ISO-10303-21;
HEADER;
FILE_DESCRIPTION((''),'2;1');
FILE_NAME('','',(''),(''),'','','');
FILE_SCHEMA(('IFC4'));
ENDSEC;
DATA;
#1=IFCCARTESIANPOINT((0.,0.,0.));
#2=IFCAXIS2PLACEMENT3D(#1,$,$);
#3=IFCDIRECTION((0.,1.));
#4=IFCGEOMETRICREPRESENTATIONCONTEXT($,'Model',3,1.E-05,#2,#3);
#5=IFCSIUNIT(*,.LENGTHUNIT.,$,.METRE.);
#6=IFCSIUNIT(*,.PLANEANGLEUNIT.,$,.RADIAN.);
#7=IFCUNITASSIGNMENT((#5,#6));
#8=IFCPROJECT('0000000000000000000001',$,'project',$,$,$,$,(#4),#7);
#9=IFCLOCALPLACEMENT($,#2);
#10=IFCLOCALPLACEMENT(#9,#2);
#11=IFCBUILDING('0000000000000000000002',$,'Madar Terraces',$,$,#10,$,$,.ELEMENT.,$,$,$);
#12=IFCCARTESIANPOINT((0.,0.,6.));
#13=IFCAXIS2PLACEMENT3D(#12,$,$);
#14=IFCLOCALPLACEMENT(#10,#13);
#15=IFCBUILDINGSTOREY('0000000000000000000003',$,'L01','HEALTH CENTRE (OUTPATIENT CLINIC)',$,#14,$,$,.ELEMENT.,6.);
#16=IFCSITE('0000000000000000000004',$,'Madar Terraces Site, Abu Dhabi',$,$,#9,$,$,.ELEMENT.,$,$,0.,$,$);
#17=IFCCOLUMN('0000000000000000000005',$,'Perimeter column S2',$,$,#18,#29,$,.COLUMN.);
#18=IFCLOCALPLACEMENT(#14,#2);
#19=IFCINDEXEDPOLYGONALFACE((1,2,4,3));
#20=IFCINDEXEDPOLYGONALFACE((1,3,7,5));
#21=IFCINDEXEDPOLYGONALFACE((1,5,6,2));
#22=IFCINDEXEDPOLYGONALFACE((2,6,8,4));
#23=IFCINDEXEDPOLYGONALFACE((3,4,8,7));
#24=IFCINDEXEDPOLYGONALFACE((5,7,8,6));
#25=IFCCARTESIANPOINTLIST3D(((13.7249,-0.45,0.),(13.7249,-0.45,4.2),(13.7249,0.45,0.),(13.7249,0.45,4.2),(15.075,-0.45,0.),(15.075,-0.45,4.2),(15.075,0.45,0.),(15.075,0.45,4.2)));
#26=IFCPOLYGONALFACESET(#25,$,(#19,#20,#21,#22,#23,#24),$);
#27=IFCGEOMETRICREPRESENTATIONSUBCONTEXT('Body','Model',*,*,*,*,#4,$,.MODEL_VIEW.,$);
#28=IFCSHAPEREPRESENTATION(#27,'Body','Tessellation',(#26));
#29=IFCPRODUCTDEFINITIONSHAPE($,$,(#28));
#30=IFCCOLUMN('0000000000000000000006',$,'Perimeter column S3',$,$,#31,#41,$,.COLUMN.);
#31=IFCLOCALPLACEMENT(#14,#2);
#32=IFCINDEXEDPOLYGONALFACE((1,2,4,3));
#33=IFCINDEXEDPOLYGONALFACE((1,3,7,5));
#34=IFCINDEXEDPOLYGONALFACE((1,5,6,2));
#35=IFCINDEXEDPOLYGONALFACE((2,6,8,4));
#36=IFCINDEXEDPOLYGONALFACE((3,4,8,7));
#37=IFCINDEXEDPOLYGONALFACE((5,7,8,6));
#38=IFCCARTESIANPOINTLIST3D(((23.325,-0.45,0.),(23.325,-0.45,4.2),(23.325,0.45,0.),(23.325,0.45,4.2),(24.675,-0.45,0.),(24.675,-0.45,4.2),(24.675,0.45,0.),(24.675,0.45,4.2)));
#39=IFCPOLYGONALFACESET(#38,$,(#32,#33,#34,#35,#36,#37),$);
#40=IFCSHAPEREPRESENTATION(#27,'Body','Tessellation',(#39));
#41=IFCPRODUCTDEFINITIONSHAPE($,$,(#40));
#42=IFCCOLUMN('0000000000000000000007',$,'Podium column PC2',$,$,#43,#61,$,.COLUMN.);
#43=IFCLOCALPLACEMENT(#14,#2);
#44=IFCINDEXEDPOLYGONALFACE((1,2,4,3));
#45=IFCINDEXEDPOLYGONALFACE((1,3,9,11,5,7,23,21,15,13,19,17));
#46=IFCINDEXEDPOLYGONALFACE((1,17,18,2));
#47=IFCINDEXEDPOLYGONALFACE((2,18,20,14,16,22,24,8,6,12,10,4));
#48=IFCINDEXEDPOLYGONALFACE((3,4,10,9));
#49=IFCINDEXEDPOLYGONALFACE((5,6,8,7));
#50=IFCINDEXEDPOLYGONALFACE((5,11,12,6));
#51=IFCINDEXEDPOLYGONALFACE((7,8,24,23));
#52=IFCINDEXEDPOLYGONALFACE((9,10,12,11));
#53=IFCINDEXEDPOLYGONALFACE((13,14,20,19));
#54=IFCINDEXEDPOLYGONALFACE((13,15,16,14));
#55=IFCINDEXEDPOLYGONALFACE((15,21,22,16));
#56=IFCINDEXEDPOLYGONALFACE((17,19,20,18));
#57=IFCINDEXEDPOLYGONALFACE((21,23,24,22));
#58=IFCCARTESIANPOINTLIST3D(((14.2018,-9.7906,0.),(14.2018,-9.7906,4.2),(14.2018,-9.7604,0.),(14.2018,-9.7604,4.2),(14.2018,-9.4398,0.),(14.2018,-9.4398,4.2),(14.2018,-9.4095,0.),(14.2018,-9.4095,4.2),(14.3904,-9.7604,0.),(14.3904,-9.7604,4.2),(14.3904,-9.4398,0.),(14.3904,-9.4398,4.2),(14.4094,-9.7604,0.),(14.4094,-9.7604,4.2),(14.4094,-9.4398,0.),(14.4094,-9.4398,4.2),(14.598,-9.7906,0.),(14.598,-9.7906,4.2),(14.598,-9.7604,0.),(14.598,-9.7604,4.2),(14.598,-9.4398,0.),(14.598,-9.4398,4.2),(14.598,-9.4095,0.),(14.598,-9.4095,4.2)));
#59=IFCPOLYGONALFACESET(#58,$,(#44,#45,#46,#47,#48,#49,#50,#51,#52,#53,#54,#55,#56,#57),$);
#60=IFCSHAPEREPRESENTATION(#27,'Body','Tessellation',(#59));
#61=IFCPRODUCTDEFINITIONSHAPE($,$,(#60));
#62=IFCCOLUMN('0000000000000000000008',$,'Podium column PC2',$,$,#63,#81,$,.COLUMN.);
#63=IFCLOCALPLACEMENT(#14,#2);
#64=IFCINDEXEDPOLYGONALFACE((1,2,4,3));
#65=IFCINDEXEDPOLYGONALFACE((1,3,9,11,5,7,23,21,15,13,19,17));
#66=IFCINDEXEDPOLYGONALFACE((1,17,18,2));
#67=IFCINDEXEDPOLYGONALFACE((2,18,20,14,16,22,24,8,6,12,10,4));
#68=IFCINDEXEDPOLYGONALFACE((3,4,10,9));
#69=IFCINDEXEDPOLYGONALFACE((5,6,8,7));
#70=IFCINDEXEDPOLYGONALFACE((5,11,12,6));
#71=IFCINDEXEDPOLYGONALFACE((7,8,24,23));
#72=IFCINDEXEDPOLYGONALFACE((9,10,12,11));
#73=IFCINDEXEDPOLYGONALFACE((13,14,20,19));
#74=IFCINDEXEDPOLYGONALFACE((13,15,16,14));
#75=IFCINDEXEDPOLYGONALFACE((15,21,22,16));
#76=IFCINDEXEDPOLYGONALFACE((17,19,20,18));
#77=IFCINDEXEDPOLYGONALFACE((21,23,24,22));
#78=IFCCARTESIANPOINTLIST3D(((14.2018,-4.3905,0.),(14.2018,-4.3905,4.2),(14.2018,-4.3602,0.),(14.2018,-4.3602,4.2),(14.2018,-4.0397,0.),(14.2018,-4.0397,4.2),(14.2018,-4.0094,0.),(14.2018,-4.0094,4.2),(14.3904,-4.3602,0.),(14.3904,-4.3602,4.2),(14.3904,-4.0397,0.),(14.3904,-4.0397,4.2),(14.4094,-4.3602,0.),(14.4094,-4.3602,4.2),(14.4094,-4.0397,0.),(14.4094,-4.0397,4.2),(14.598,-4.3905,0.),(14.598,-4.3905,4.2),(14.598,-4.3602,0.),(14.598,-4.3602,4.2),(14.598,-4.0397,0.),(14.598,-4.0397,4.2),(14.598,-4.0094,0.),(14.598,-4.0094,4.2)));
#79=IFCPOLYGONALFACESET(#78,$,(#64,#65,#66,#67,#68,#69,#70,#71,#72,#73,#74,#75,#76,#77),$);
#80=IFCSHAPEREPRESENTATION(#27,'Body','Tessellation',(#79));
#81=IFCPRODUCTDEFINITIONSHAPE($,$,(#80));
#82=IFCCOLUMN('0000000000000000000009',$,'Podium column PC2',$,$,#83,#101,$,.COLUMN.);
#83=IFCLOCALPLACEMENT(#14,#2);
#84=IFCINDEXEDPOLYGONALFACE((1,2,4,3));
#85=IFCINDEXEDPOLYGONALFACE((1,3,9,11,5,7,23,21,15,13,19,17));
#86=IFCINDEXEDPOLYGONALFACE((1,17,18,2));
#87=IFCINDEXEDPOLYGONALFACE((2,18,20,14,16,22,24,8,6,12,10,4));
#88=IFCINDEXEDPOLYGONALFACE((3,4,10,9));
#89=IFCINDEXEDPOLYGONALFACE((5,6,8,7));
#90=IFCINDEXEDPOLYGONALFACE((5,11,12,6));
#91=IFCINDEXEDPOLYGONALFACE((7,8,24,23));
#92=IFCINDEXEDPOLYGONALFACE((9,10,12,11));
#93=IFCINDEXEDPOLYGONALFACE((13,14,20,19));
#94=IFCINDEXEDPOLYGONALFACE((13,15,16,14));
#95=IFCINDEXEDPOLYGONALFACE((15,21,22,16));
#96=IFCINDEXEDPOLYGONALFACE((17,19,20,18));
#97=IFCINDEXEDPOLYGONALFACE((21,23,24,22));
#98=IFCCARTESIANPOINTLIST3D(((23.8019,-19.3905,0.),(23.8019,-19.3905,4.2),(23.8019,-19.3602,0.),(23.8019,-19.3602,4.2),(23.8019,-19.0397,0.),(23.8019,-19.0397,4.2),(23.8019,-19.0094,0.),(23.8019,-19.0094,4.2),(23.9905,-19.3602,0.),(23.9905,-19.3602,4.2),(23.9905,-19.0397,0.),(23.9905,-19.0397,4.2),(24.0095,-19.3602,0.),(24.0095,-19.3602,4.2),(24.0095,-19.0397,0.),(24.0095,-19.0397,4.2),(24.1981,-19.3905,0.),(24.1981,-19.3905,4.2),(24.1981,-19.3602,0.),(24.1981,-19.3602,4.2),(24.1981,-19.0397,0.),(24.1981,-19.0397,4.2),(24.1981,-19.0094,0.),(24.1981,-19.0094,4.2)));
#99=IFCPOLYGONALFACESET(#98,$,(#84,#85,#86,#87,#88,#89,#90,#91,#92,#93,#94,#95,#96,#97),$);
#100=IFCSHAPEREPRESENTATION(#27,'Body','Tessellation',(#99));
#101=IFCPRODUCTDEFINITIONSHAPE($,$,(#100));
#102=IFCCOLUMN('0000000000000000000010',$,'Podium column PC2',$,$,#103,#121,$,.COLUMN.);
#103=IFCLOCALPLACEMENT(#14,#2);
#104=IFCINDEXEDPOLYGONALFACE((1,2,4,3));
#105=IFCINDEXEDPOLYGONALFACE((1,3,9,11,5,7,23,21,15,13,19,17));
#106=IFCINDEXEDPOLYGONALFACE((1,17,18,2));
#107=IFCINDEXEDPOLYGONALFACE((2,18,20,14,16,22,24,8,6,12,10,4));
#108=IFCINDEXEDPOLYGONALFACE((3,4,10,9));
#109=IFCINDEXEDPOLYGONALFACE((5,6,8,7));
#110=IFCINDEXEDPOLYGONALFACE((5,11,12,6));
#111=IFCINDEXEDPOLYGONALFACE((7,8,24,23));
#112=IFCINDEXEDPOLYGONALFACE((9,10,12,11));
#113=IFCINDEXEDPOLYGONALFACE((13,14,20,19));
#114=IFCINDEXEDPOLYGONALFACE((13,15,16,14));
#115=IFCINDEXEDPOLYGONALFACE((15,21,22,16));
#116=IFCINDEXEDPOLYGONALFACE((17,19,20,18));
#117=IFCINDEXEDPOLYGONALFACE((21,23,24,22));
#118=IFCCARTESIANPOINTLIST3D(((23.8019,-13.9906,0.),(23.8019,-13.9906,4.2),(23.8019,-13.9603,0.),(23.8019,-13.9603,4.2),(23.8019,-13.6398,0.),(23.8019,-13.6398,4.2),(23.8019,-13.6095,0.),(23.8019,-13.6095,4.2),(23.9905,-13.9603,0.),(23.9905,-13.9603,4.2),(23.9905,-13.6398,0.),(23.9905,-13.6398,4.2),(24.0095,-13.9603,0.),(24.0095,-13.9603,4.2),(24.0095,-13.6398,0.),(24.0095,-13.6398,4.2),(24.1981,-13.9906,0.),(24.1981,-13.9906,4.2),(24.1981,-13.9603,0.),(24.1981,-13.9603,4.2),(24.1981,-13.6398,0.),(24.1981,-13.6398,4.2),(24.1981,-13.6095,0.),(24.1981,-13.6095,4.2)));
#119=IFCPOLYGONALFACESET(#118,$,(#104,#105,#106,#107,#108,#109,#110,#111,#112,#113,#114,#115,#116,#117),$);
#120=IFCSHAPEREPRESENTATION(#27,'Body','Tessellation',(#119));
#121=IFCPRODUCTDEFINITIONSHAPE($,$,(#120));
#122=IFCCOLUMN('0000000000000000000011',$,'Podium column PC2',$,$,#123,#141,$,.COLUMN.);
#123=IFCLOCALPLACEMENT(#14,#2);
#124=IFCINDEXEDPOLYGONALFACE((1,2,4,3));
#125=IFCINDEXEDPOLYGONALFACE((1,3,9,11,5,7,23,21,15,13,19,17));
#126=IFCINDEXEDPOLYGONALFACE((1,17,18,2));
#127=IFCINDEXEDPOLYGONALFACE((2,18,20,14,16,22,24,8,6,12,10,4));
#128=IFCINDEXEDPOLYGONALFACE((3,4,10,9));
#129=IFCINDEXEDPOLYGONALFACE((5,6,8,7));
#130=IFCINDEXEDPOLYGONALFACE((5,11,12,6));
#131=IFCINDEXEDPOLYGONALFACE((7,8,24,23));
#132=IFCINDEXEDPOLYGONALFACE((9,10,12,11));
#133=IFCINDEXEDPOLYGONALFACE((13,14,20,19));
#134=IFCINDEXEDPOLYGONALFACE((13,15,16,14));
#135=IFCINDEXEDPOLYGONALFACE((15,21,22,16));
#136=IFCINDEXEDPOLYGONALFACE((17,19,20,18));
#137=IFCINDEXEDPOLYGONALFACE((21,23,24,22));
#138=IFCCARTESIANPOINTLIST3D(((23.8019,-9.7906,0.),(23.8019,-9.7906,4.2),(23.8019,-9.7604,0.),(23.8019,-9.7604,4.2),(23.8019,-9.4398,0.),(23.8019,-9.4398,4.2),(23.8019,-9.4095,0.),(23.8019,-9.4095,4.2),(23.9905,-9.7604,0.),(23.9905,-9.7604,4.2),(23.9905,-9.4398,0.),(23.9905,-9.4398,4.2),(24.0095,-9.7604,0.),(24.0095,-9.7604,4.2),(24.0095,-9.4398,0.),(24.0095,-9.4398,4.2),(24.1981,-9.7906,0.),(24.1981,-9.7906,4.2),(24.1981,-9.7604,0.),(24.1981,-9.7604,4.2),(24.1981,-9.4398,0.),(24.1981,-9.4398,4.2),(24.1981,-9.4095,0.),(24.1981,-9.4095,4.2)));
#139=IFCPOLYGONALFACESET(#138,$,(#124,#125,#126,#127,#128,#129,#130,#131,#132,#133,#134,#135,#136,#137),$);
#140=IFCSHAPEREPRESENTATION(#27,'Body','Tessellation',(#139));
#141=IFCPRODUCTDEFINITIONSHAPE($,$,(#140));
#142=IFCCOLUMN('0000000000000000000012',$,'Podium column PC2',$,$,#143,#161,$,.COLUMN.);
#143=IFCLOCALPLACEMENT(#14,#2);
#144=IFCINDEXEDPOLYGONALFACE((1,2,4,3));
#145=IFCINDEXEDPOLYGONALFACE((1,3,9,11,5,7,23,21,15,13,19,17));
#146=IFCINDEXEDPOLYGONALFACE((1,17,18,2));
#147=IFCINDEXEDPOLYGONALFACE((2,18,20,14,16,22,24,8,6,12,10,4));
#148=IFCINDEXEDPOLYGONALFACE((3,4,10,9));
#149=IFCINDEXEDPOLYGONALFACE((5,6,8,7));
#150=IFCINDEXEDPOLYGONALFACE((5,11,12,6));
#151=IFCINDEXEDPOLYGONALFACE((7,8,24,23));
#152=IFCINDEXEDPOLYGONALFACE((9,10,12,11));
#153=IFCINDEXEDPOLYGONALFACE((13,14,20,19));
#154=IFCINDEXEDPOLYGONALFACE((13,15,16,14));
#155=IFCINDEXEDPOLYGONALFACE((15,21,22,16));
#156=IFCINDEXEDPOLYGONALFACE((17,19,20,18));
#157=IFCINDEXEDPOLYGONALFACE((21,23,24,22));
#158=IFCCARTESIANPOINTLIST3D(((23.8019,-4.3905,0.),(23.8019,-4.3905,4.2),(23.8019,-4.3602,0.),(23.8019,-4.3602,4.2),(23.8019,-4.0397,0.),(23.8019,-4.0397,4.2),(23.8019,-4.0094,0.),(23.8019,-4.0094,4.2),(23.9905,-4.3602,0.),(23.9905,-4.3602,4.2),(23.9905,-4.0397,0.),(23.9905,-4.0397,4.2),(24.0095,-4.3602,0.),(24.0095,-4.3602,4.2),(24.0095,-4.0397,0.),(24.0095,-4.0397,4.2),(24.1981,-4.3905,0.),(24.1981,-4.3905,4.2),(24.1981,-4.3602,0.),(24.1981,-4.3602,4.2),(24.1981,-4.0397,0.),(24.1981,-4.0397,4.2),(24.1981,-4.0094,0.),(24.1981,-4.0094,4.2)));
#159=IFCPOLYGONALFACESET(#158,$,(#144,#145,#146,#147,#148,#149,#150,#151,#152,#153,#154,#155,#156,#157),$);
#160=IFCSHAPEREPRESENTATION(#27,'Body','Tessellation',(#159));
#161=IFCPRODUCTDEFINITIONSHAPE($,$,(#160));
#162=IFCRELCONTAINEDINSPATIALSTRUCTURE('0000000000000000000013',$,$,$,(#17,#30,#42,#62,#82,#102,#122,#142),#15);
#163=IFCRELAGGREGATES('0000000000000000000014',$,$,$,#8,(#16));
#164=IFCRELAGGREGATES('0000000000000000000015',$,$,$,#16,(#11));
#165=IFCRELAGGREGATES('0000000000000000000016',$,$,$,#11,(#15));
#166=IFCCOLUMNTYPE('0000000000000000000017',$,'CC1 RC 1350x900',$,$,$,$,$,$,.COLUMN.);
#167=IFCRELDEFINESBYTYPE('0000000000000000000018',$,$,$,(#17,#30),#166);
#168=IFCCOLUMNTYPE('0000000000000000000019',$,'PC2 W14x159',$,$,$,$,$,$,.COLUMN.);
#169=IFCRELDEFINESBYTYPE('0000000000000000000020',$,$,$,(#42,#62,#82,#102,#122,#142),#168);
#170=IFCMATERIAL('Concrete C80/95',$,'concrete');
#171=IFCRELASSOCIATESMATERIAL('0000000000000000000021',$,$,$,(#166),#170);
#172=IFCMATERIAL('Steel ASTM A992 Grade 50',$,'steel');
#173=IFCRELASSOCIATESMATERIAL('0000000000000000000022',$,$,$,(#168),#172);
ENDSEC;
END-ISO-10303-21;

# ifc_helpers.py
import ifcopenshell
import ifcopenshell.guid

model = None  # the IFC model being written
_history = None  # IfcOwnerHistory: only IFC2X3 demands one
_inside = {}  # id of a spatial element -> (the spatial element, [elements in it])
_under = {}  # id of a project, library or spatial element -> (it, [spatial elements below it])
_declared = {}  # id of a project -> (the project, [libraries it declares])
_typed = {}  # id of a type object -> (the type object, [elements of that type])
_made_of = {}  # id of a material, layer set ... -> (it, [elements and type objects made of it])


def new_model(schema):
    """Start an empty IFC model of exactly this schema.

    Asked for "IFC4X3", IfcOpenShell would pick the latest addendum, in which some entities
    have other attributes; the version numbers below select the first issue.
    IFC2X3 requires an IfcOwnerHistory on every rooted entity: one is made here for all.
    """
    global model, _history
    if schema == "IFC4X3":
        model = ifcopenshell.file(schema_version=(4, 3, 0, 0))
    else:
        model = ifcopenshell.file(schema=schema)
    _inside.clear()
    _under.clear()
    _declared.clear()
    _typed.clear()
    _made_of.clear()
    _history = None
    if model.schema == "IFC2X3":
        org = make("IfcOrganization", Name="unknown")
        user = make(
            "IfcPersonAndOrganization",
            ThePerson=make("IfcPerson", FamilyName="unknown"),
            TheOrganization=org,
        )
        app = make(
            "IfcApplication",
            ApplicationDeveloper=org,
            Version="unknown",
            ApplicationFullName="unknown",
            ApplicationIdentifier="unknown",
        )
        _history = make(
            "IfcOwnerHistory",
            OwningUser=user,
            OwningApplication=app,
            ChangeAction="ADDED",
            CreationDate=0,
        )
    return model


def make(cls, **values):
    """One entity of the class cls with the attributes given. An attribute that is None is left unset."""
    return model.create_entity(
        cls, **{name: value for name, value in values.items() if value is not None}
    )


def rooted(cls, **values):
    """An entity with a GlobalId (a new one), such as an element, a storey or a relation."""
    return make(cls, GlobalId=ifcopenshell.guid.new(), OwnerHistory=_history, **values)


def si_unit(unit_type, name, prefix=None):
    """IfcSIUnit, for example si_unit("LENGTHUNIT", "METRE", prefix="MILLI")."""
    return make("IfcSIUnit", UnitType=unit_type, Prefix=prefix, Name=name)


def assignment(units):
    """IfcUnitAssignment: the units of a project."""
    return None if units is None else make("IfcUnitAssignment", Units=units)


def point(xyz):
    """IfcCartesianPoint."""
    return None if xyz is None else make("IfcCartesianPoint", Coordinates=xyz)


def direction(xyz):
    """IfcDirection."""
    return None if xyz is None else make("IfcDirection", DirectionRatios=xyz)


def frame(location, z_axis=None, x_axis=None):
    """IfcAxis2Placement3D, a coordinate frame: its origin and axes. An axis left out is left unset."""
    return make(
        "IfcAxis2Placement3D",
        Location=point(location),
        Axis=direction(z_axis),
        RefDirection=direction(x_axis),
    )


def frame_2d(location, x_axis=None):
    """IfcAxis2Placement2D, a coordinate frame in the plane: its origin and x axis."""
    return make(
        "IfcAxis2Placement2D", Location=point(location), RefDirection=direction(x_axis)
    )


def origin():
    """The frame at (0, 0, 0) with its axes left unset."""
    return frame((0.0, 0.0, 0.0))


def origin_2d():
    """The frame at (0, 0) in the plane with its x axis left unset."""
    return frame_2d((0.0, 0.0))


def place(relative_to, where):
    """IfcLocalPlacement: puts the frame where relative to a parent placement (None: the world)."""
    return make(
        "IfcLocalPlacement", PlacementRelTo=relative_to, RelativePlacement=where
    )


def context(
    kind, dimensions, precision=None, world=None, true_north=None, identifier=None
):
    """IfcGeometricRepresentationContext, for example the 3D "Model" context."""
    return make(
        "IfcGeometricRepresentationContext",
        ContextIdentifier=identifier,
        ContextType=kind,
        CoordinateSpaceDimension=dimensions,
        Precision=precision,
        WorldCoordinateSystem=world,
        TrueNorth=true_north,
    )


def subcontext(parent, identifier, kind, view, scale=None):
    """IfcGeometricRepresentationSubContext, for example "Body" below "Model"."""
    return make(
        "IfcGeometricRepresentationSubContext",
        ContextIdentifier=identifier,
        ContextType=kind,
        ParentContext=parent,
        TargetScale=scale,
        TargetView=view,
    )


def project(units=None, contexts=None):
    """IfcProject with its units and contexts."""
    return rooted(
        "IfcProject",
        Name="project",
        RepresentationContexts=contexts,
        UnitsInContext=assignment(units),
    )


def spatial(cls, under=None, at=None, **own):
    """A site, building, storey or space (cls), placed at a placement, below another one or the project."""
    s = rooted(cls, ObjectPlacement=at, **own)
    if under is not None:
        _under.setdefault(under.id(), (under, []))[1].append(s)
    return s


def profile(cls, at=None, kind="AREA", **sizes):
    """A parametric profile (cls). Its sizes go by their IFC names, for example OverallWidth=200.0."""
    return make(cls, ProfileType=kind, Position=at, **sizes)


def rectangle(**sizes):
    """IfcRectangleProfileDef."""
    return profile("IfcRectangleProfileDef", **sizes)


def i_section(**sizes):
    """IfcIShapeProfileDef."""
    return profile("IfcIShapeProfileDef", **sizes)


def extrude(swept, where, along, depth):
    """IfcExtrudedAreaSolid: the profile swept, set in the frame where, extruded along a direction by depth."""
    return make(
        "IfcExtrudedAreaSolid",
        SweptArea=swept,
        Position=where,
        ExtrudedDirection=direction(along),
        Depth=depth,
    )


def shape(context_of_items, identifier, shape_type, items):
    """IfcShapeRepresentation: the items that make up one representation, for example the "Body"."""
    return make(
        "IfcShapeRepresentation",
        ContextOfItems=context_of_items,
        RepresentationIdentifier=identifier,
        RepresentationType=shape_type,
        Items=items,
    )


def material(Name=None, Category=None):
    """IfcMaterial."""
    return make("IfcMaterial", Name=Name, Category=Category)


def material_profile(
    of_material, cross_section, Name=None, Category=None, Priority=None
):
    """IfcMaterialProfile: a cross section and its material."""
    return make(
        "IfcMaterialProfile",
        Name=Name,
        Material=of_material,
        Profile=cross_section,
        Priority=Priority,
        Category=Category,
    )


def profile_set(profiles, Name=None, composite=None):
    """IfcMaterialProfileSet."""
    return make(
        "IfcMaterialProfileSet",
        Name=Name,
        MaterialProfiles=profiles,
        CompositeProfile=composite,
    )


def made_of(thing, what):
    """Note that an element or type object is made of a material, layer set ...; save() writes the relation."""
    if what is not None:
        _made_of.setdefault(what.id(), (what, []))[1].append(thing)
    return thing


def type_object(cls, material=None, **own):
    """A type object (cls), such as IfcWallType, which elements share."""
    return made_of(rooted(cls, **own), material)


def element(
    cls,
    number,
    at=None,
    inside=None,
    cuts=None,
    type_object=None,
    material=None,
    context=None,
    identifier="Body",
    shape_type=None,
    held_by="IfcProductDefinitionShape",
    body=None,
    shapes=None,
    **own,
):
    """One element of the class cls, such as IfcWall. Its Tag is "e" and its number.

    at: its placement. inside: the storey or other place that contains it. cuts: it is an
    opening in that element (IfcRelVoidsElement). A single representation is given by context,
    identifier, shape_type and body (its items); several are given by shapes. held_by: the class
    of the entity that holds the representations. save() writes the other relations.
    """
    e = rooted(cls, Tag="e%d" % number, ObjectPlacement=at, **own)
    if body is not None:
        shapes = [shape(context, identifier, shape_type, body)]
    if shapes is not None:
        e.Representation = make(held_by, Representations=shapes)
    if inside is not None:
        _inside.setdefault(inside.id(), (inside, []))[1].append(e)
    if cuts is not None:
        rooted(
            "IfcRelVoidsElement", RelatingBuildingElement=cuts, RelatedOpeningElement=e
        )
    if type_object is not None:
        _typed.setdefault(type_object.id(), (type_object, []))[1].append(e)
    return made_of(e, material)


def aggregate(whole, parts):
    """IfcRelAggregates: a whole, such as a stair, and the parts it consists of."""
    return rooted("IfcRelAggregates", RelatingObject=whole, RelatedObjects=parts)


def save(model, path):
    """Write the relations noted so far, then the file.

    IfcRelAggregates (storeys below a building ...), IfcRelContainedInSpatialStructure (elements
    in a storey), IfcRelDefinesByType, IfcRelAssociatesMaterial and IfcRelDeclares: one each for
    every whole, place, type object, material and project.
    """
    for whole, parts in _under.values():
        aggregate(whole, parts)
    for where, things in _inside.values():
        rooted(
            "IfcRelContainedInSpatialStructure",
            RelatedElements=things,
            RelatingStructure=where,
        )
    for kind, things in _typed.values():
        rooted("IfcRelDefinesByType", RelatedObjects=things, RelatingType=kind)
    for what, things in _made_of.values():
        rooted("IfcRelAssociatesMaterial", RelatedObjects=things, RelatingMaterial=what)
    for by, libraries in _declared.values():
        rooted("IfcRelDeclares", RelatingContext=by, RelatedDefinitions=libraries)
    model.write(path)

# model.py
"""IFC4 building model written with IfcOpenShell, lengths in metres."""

from ifc_helpers import new_model, si_unit, direction, frame, origin, origin_2d, place, context, subcontext, project, spatial, rectangle, i_section, extrude, material, material_profile, profile_set, type_object, element, save


model = new_model("IFC4")

# Units and contexts
model_context = context("Model", 3, precision=1e-05, world=origin(), true_north=direction((0.0, 1.0)))
body_context = subcontext(model_context, "Body", "Model", "MODEL_VIEW")
ifc_project = project(units=[si_unit("LENGTHUNIT", "METRE"), si_unit("PLANEANGLEUNIT", "RADIAN")], contexts=[model_context])

# Site, building, storey
site_placement = place(None, origin())
site = spatial("IfcSite", under=ifc_project, at=site_placement, Name="Madar Terraces Site, Abu Dhabi", CompositionType="ELEMENT", RefElevation=0.0)
building_placement = place(site_placement, origin())
building = spatial("IfcBuilding", under=site, at=building_placement, Name="Madar Terraces", CompositionType="ELEMENT")
storey_placement = place(building_placement, frame((0.0, 0.0, 6.0)))
storey = spatial("IfcBuildingStorey", under=building, at=storey_placement, Name="L01", Description="HEALTH CENTRE (OUTPATIENT CLINIC)", CompositionType="ELEMENT", Elevation=6.0)

# Columns
ifc_material_1 = material(Name="Concrete C80/95", Category="concrete")
ifc_material_profile_1 = material_profile(ifc_material_1, rectangle(XDim=1.3501, YDim=0.8999, at=origin_2d()), Name="CC1 RC 1350x900")
ifc_profile_set_1 = profile_set([ifc_material_profile_1], Name="Concrete C80/95")
column_type_1 = type_object("IfcColumnType", Name="CC1 RC 1350x900", PredefinedType="COLUMN", material=ifc_profile_set_1)
for number, where, z_axis, x_axis, name in (
    (1, (14.3999, 0.0, 0.0), (0.0, 0.0, 1.0), (1.0, 0.0, 0.0), "Perimeter column S2"),
    (2, (24.0, 0.0, 0.0), (0.0, 0.0, 1.0), (1.0, 0.0, 0.0), "Perimeter column S3"),
):
    element("IfcColumn", number, at=place(storey_placement, frame(where, z_axis=z_axis, x_axis=x_axis)), inside=storey, type_object=column_type_1, Name=name, PredefinedType="COLUMN", context=body_context, shape_type="SweptSolid", body=[
        extrude(rectangle(XDim=1.3501, YDim=0.8999, at=origin_2d()), origin(), (0.0, 0.0, 1.0), 4.2),
    ])
ifc_material_2 = material(Name="Steel ASTM A992 Grade 50", Category="steel")
ifc_material_profile_2 = material_profile(ifc_material_2, i_section(OverallWidth=0.3962, OverallDepth=0.3811, WebThickness=0.019, FlangeThickness=0.0303, at=origin_2d()), Name="W14x159")
ifc_profile_set_2 = profile_set([ifc_material_profile_2], Name="Steel ASTM A992 Grade 50")
column_type_2 = type_object("IfcColumnType", Name="PC2 W14x159", PredefinedType="COLUMN", material=ifc_profile_set_2)
for number, where, z_axis, x_axis, name in (
    (3, (14.3999, -9.6001, 0.0), (0.0, 0.0, 1.0), (1.0, 0.0, 0.0), "Podium column PC2"),
    (4, (14.3999, -4.2, 0.0), (0.0, 0.0, 1.0), (1.0, 0.0, 0.0), "Podium column PC2"),
    (5, (24.0, -19.2, 0.0), (0.0, 0.0, 1.0), (1.0, 0.0, 0.0), "Podium column PC2"),
    (6, (24.0, -13.8, 0.0), (0.0, 0.0, 1.0), (1.0, 0.0, 0.0), "Podium column PC2"),
    (7, (24.0, -9.6001, 0.0), (0.0, 0.0, 1.0), (1.0, 0.0, 0.0), "Podium column PC2"),
    (8, (24.0, -4.2, 0.0), (0.0, 0.0, 1.0), (1.0, 0.0, 0.0), "Podium column PC2"),
):
    element("IfcColumn", number, at=place(storey_placement, frame(where, z_axis=z_axis, x_axis=x_axis)), inside=storey, type_object=column_type_2, Name=name, PredefinedType="COLUMN", context=body_context, shape_type="SweptSolid", body=[
        extrude(i_section(OverallWidth=0.3962, OverallDepth=0.3811, WebThickness=0.019, FlangeThickness=0.0303, at=origin_2d()), origin(), (0.0, 0.0, 1.0), 4.2),
    ])

save(model, "model.ifc")
